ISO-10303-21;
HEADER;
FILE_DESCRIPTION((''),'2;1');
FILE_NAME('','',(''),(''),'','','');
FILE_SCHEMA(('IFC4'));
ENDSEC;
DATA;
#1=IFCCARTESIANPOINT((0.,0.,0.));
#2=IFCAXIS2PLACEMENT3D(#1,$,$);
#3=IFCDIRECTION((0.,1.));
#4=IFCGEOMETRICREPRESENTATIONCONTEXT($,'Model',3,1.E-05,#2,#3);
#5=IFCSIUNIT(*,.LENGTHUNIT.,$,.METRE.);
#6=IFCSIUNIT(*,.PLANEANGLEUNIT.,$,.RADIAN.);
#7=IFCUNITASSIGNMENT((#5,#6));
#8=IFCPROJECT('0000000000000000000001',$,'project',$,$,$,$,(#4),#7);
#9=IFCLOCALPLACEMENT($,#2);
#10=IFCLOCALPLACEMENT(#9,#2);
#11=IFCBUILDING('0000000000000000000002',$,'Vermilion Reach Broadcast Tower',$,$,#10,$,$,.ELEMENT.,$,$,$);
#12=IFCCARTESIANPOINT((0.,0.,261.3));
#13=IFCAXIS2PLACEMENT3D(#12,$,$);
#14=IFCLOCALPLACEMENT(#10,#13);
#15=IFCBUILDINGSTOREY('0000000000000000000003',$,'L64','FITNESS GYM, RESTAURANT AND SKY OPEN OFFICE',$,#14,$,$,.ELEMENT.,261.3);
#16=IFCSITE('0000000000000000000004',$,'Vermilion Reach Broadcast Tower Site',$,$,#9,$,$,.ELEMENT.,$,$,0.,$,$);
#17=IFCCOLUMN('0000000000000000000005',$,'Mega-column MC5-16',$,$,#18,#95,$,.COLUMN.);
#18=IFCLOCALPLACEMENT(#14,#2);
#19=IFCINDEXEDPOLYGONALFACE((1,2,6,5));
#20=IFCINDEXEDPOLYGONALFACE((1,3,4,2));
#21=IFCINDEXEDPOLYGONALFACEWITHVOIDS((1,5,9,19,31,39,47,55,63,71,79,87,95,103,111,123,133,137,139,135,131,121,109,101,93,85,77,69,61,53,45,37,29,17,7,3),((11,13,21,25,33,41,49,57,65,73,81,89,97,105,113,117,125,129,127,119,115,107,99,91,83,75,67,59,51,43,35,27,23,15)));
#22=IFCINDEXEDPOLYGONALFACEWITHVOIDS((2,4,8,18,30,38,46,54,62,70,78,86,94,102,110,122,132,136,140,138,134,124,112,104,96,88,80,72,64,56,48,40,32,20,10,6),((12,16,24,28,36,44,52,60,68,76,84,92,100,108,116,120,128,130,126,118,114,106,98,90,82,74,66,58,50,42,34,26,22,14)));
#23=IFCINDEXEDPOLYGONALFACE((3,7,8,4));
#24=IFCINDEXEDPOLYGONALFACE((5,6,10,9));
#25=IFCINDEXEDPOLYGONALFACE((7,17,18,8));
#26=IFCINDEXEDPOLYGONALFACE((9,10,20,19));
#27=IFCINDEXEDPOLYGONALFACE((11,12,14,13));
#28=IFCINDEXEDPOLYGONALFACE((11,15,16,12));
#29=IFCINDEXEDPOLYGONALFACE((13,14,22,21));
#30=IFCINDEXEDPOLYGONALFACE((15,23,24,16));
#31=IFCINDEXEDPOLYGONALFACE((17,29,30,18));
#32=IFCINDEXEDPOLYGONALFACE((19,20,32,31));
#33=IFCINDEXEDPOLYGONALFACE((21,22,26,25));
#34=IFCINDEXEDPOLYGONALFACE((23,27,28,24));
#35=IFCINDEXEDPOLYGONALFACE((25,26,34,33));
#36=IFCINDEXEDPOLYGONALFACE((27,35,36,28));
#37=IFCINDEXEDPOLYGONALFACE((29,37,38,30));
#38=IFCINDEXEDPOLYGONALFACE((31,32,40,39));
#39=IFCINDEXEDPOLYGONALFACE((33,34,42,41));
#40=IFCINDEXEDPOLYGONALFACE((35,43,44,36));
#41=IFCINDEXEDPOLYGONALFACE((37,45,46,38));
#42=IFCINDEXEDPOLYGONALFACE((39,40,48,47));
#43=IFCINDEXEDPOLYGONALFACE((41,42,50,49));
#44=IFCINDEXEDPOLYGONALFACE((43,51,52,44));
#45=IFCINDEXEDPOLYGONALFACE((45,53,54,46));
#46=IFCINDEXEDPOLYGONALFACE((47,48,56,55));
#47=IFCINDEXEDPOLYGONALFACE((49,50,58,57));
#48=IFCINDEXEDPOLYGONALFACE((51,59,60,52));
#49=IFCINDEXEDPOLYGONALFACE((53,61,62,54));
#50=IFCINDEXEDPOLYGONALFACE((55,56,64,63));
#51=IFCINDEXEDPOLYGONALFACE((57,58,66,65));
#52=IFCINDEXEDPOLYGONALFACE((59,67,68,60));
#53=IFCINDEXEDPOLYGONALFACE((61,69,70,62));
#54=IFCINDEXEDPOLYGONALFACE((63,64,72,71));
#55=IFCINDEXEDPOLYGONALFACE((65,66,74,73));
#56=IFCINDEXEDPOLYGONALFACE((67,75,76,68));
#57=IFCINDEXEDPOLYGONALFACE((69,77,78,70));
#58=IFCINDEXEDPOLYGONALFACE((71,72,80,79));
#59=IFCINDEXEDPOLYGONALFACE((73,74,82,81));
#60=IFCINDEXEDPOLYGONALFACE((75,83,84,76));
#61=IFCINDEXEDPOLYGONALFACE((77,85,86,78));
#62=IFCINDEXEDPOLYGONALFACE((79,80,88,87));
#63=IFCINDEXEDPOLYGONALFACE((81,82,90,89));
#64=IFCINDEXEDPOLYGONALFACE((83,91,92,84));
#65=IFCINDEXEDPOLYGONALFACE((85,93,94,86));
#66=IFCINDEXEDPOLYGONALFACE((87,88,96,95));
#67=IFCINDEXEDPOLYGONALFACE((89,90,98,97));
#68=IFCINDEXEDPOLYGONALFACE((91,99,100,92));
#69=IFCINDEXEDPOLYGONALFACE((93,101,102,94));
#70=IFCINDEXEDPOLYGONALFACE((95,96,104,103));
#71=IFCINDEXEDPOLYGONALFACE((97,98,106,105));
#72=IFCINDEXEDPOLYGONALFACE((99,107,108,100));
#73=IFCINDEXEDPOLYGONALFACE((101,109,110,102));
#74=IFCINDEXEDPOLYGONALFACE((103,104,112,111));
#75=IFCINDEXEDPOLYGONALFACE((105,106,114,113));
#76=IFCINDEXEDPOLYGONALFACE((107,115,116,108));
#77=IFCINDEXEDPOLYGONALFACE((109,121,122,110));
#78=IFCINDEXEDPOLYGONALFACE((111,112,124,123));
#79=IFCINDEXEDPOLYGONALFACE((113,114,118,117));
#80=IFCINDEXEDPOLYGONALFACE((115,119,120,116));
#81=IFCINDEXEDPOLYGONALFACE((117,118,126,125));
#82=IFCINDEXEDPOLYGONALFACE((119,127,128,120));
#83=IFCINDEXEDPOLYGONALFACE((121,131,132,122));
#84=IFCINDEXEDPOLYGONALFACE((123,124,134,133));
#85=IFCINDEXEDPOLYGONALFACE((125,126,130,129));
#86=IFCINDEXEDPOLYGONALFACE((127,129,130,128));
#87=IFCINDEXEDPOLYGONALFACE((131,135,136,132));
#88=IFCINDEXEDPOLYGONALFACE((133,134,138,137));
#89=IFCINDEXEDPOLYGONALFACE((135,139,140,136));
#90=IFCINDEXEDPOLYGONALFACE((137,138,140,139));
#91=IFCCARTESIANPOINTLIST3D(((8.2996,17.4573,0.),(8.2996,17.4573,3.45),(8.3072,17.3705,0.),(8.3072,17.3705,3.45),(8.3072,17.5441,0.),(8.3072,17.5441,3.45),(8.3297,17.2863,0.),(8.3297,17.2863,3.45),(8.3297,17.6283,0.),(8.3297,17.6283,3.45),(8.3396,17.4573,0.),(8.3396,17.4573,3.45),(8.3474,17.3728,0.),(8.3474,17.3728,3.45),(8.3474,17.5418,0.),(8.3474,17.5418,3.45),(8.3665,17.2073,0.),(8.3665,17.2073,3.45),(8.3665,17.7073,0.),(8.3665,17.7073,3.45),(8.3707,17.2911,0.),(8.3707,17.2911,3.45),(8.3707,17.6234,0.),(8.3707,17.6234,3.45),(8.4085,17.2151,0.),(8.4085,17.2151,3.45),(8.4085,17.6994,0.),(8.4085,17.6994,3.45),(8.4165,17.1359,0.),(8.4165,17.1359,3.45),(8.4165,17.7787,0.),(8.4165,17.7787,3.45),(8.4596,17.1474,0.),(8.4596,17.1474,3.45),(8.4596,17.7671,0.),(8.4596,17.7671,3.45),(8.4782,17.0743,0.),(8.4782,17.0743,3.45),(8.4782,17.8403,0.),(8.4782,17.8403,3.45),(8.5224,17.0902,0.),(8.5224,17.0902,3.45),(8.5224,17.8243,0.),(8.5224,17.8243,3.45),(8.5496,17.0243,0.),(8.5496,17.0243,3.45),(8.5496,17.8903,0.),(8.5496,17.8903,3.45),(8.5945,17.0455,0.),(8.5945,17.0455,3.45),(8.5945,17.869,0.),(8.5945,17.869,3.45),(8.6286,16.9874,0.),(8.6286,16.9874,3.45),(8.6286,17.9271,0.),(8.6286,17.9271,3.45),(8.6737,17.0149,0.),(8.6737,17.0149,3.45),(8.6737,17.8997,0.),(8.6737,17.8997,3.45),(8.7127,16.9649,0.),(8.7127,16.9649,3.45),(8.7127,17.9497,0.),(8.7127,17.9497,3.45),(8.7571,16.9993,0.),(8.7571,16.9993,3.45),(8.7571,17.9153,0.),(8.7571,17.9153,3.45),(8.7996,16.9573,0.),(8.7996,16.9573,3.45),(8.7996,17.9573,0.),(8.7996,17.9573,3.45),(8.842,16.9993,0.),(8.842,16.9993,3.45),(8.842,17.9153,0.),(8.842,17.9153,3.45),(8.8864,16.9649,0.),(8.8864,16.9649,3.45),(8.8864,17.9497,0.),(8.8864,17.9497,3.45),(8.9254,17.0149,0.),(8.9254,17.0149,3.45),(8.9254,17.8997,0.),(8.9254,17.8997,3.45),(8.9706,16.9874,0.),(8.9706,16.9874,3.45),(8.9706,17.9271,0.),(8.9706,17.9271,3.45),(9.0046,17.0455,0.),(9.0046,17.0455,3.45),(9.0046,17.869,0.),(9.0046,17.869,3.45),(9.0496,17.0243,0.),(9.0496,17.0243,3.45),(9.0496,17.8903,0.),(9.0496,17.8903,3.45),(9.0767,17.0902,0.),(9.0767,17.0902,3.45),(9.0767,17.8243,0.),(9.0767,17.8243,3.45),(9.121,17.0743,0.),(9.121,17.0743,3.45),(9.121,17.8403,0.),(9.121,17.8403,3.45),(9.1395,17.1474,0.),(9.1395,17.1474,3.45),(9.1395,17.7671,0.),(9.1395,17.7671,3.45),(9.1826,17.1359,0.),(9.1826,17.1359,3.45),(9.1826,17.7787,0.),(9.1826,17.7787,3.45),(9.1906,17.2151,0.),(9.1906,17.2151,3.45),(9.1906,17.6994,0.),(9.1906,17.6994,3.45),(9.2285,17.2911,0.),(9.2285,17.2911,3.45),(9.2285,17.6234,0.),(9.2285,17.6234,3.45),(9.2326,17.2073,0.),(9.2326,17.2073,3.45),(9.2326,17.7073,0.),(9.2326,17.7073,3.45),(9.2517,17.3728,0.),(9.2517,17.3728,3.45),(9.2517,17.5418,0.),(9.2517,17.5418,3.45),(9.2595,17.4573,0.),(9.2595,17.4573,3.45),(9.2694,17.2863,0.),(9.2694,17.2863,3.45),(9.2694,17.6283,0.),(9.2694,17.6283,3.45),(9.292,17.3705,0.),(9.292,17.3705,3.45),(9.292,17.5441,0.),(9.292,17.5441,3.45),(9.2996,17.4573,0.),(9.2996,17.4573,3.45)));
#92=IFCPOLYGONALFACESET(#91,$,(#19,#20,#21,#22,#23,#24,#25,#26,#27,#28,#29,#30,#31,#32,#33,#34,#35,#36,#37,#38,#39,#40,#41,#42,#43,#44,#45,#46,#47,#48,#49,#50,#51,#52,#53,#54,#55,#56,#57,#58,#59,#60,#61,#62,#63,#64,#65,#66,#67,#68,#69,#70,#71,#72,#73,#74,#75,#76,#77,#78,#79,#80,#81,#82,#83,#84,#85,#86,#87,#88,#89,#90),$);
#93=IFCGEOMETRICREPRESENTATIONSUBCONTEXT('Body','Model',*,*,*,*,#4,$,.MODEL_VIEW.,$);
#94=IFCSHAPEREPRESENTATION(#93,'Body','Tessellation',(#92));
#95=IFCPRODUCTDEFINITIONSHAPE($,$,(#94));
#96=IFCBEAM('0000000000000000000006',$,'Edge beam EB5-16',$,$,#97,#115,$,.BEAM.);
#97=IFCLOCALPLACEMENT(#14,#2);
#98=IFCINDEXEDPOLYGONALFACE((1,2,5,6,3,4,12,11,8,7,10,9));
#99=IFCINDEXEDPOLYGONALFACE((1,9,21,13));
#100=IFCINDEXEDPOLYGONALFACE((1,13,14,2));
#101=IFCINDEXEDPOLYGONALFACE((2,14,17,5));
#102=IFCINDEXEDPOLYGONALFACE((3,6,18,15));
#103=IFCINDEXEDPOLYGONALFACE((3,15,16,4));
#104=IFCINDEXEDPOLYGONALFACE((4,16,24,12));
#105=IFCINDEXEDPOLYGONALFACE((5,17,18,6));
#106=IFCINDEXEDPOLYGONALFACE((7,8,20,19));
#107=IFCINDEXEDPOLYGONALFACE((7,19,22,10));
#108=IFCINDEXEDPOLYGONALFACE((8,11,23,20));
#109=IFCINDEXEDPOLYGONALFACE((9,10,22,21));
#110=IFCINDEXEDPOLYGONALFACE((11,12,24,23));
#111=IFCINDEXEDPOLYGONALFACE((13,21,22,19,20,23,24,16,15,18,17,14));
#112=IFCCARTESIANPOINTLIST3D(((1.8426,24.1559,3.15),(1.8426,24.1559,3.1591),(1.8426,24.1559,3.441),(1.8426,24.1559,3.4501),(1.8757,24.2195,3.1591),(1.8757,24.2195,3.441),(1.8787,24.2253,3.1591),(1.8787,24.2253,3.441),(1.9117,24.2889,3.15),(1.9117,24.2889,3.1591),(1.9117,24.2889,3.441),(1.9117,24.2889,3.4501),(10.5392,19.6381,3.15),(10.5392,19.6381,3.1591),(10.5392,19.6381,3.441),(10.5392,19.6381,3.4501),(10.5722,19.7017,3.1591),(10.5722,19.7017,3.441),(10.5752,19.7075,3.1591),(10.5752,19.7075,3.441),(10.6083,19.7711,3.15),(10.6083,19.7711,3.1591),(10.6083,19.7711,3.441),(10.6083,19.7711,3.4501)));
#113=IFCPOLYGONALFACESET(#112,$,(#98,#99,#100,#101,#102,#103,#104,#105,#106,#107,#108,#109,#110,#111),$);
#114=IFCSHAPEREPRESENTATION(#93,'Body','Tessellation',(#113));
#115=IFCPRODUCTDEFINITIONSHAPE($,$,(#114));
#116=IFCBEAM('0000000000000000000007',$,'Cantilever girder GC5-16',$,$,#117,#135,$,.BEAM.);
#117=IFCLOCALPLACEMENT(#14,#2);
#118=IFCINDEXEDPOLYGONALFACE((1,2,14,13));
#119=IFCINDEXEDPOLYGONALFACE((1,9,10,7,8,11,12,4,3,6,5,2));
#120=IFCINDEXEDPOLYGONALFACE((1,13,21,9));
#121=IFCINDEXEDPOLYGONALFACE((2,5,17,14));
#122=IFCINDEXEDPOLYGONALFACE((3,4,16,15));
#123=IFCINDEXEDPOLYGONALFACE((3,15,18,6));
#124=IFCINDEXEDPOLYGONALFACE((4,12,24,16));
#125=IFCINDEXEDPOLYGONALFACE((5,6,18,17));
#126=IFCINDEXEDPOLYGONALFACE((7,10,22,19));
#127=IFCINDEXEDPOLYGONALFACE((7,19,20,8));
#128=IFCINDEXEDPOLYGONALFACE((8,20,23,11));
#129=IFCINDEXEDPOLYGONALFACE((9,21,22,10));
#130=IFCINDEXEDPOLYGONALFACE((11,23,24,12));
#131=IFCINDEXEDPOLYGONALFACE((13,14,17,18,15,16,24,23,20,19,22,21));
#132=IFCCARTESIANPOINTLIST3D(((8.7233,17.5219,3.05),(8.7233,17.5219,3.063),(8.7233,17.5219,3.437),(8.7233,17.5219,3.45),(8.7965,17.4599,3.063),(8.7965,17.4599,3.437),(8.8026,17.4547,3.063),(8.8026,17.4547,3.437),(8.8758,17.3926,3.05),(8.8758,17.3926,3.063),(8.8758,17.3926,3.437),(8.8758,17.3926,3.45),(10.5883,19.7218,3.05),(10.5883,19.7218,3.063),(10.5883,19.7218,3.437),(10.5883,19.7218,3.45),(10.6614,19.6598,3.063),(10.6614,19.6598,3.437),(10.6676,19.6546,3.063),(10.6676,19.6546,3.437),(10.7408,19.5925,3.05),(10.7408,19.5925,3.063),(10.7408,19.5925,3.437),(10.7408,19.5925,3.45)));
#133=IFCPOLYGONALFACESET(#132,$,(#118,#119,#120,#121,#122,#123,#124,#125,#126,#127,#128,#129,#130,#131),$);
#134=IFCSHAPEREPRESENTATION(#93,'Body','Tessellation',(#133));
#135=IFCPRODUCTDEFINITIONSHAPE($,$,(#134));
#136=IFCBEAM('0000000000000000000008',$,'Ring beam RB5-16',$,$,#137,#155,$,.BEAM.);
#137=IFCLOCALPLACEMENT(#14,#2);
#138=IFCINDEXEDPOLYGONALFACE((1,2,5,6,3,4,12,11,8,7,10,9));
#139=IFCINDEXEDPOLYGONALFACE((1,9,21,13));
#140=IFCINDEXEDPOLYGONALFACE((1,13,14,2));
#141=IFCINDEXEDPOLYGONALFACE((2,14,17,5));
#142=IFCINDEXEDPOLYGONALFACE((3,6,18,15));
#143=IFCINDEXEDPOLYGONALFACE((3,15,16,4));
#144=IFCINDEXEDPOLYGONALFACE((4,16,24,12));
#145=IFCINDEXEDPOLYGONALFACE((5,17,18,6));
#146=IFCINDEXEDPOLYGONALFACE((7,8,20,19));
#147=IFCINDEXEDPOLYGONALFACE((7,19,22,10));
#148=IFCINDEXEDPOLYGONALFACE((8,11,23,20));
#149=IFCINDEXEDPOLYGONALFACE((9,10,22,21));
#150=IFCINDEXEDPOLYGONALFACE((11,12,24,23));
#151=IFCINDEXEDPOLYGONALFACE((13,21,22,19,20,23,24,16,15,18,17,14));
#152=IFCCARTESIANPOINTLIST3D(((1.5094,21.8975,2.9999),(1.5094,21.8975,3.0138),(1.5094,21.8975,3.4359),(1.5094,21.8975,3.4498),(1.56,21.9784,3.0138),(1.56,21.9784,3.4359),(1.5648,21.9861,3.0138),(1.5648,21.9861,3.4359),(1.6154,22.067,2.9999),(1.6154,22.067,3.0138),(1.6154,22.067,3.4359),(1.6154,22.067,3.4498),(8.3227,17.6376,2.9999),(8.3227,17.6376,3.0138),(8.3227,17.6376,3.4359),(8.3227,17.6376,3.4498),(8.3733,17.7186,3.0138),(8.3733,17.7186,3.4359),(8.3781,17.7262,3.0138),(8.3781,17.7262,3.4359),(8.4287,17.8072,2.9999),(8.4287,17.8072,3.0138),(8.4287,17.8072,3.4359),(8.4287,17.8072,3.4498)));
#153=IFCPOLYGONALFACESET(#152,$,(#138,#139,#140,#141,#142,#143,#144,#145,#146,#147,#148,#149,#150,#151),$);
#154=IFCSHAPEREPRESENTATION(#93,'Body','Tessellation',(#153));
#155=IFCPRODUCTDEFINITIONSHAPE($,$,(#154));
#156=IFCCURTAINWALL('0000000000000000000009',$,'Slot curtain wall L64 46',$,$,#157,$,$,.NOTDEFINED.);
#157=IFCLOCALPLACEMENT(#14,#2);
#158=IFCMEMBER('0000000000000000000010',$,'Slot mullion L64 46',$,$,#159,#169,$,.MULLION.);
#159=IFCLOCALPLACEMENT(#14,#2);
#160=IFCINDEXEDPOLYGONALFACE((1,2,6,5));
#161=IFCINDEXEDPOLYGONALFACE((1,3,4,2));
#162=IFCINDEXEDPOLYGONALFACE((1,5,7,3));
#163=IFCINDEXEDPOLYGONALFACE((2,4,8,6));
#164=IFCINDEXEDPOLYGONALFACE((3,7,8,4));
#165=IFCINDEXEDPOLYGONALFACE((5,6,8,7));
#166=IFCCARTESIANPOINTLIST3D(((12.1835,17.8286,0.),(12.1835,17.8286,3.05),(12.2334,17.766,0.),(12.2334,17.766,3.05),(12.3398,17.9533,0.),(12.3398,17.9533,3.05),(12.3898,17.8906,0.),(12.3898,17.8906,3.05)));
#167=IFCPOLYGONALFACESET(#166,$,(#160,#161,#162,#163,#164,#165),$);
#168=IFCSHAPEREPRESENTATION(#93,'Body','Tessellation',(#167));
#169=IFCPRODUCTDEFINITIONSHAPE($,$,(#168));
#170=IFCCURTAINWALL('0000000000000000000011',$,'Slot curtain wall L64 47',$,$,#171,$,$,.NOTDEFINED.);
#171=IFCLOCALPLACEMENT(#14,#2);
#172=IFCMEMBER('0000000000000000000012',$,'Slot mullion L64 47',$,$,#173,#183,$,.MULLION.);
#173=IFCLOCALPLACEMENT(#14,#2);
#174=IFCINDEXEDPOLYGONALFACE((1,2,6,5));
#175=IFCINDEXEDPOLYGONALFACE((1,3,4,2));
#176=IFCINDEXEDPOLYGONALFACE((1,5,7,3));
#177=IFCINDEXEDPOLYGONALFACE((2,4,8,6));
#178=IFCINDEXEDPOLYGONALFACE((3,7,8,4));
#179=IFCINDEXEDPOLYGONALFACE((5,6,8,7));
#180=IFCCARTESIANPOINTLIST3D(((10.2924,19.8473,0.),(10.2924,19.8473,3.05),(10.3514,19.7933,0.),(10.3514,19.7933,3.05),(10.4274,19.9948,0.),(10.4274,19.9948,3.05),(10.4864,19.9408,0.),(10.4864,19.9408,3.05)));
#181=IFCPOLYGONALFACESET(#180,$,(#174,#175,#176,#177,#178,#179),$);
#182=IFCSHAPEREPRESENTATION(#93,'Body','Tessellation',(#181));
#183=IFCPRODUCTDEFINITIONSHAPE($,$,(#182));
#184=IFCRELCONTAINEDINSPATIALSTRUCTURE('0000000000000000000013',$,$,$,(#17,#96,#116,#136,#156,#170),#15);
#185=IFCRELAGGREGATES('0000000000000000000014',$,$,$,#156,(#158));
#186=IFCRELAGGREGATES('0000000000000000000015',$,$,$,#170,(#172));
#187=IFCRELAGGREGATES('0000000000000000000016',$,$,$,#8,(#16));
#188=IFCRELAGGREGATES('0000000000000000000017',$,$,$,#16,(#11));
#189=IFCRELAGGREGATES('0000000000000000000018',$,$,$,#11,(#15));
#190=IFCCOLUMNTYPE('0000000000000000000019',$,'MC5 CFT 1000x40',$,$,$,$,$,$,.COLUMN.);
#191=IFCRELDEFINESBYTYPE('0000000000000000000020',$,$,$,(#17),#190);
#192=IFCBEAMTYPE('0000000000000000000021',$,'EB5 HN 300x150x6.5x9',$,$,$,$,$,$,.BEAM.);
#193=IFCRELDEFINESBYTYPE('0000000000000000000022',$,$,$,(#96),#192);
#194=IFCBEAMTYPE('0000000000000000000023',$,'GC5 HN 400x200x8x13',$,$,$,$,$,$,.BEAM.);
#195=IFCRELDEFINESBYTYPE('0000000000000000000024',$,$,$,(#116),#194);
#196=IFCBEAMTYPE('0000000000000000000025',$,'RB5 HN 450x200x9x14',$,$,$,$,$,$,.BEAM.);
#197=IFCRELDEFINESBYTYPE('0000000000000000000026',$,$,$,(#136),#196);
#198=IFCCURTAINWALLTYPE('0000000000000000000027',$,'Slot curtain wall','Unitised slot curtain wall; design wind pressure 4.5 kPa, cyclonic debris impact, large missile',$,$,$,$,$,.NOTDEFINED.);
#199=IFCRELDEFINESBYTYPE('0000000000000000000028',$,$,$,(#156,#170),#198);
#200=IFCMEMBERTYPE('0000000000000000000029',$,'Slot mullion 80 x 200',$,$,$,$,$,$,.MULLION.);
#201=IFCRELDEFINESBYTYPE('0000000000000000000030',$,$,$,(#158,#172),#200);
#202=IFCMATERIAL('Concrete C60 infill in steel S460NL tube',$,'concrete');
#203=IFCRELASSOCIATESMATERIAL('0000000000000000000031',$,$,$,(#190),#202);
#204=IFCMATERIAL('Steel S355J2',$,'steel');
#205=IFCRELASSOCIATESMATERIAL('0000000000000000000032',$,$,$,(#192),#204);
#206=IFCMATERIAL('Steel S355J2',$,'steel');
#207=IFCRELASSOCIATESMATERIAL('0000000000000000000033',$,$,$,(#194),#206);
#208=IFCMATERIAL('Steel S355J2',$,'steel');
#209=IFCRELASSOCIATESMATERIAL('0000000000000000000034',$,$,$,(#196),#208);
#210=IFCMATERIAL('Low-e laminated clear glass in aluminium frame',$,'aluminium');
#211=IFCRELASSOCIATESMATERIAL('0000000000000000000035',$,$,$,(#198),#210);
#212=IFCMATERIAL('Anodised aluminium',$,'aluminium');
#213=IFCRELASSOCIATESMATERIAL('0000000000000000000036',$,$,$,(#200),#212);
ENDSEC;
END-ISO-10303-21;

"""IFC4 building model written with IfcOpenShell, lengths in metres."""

from ifc_helpers import new_model, si_unit, direction, frame, origin, origin_2d, place, context, subcontext, project, spatial, rectangle, hollow_circle, i_section, extrude, material, material_profile, profile_set, type_object, element, aggregate, save


model = new_model("IFC4")

# Units and contexts
model_context = context("Model", 3, precision=1e-05, world=origin(), true_north=direction((0.0, 1.0)))
body_context = subcontext(model_context, "Body", "Model", "MODEL_VIEW")
ifc_project = project(units=[si_unit("LENGTHUNIT", "METRE"), si_unit("PLANEANGLEUNIT", "RADIAN")], contexts=[model_context])

# Site, building, storey
site_placement = place(None, origin())
site = spatial("IfcSite", under=ifc_project, at=site_placement, Name="Vermilion Reach Broadcast Tower Site", CompositionType="ELEMENT", RefElevation=0.0)
building_placement = place(site_placement, origin())
building = spatial("IfcBuilding", under=site, at=building_placement, Name="Vermilion Reach Broadcast Tower", CompositionType="ELEMENT")
storey_placement = place(building_placement, frame((0.0, 0.0, 261.3)))
storey = spatial("IfcBuildingStorey", under=building, at=storey_placement, Name="L64", Description="FITNESS GYM, RESTAURANT AND SKY OPEN OFFICE", CompositionType="ELEMENT", Elevation=261.3)

# Column
ifc_material_1 = material(Name="Concrete C60 infill in steel S460NL tube", Category="concrete")
ifc_material_profile_1 = material_profile(ifc_material_1, hollow_circle(Radius=0.5, WallThickness=0.04, at=origin_2d()), Name="Concrete C60 infill in steel S460NL tube CFT 1000x40")
ifc_profile_set_1 = profile_set([ifc_material_profile_1], Name="Concrete C60 infill in steel S460NL tube")
column_type = type_object("IfcColumnType", Name="MC5 CFT 1000x40", PredefinedType="COLUMN", material=ifc_profile_set_1)
column_placement = place(storey_placement, frame((8.7996, 17.4573, 0.0), z_axis=(0.0, 0.0, 1.0), x_axis=(1.0, 0.0, 0.0)))
element("IfcColumn", 1, at=column_placement, inside=storey, type_object=column_type, Name="Mega-column MC5-16", PredefinedType="COLUMN", context=body_context, shape_type="SweptSolid", body=[
    extrude(hollow_circle(Radius=0.5, WallThickness=0.04, at=origin_2d()), origin(), (0.0, 0.0, 1.0), 3.45),
])

# Beams
ifc_material_2 = material(Name="Steel S355J2", Category="steel")
ifc_material_profile_2 = material_profile(ifc_material_2, i_section(OverallWidth=0.1499, OverallDepth=0.3, WebThickness=0.0066, FlangeThickness=0.009, at=origin_2d()), Name="S355J2 HN 300x150x6.5x9")
ifc_profile_set_2 = profile_set([ifc_material_profile_2], Name="Steel S355J2")
beam_type_1 = type_object("IfcBeamType", Name="EB5 HN 300x150x6.5x9", PredefinedType="BEAM", material=ifc_profile_set_2)
beam_1_placement = place(storey_placement, frame((10.5737, 19.7046, 3.3), z_axis=(-0.887399, 0.461001, 0.0), x_axis=(-0.461001, -0.887399, 0.0)))
element("IfcBeam", 2, at=beam_1_placement, inside=storey, type_object=beam_type_1, Name="Edge beam EB5-16", PredefinedType="BEAM", context=body_context, shape_type="SweptSolid", body=[
    extrude(i_section(OverallWidth=0.1499, OverallDepth=0.3, WebThickness=0.0066, FlangeThickness=0.009, at=origin_2d()), origin(), (0.0, 0.0, 1.0), 9.8),
])
ifc_material_3 = material(Name="Steel S355J2", Category="steel")
ifc_material_profile_3 = material_profile(ifc_material_3, i_section(OverallWidth=0.2, OverallDepth=0.3999, WebThickness=0.0081, FlangeThickness=0.0129, at=origin_2d()), Name="S355J2 HN 400x200x8x13")
ifc_profile_set_3 = profile_set([ifc_material_profile_3], Name="Steel S355J2")
beam_type_2 = type_object("IfcBeamType", Name="GC5 HN 400x200x8x13", PredefinedType="BEAM", material=ifc_profile_set_3)
beam_2_placement = place(storey_placement, frame((8.7996, 17.4573, 3.25), z_axis=(0.646648, 0.762789, 0.0), x_axis=(-0.762789, 0.646648, 0.0)))
element("IfcBeam", 3, at=beam_2_placement, inside=storey, type_object=beam_type_2, Name="Cantilever girder GC5-16", PredefinedType="BEAM", context=body_context, shape_type="SweptSolid", body=[
    extrude(i_section(OverallWidth=0.2, OverallDepth=0.3999, WebThickness=0.0081, FlangeThickness=0.0129, at=origin_2d()), origin(), (0.0, 0.0, 1.0), 2.884),
])
ifc_material_4 = material(Name="Steel S355J2", Category="steel")
ifc_material_profile_4 = material_profile(ifc_material_4, i_section(OverallWidth=0.2, OverallDepth=0.45, WebThickness=0.009, FlangeThickness=0.0139, at=origin_2d()), Name="S355J2 HN 450x200x9x14")
ifc_profile_set_4 = profile_set([ifc_material_profile_4], Name="Steel S355J2")
beam_type_3 = type_object("IfcBeamType", Name="RB5 HN 450x200x9x14", PredefinedType="BEAM", material=ifc_profile_set_4)
beam_3_placement = place(storey_placement, frame((8.3757, 17.7224, 3.2249), z_axis=(-0.847915, 0.530133, 0.0), x_axis=(-0.530133, -0.847915, 0.0)))
element("IfcBeam", 4, at=beam_3_placement, inside=storey, type_object=beam_type_3, Name="Ring beam RB5-16", PredefinedType="BEAM", context=body_context, shape_type="SweptSolid", body=[
    extrude(i_section(OverallWidth=0.2, OverallDepth=0.45, WebThickness=0.009, FlangeThickness=0.0139, at=origin_2d()), origin(), (0.0, 0.0, 1.0), 8.0354),
])

# Curtain walls, members
ifc_material_5 = material(Name="Low-e laminated clear glass in aluminium frame", Category="aluminium")
curtain_wall_type = type_object("IfcCurtainWallType", Name="Slot curtain wall", Description="Unitised slot curtain wall; design wind pressure 4.5 kPa, cyclonic debris impact, large missile", PredefinedType="NOTDEFINED", material=ifc_material_5)
placement = place(storey_placement, origin())
curtain_wall_1 = element("IfcCurtainWall", 5, at=placement, inside=storey, type_object=curtain_wall_type, Name="Slot curtain wall L64 46", PredefinedType="NOTDEFINED")
ifc_material_6 = material(Name="Anodised aluminium", Category="aluminium")
ifc_material_profile_5 = material_profile(ifc_material_6, rectangle(XDim=0.2, YDim=0.0801, at=origin_2d()), Name="Slot mullion 80 x 200")
ifc_profile_set_5 = profile_set([ifc_material_profile_5], Name="Anodised aluminium")
member_type_1 = type_object("IfcMemberType", Name="Slot mullion 80 x 200", PredefinedType="MULLION", material=ifc_profile_set_5)
member_1_placement = place(storey_placement, frame((12.2866, 17.8596, 0.0), z_axis=(0.0, 0.0, 1.0), x_axis=(-0.781885, -0.623423, 0.0)))
member_1 = element("IfcMember", 6, at=member_1_placement, type_object=member_type_1, Name="Slot mullion L64 46", PredefinedType="MULLION", context=body_context, shape_type="SweptSolid", body=[
    extrude(rectangle(XDim=0.2, YDim=0.0801, at=origin_2d()), origin(), (0.0, 0.0, 1.0), 3.05),
])
curtain_wall_2 = element("IfcCurtainWall", 7, at=placement, inside=storey, type_object=curtain_wall_type, Name="Slot curtain wall L64 47", PredefinedType="NOTDEFINED")
member_2_placement = place(storey_placement, frame((10.3894, 19.894, 0.0), z_axis=(0.0, 0.0, 1.0), x_axis=(-0.67519, -0.737644, 0.0)))
member_2 = element("IfcMember", 8, at=member_2_placement, type_object=member_type_1, Name="Slot mullion L64 47", PredefinedType="MULLION", context=body_context, shape_type="SweptSolid", body=[
    extrude(rectangle(XDim=0.2, YDim=0.0801, at=origin_2d()), origin(), (0.0, 0.0, 1.0), 3.05),
])

aggregate(curtain_wall_1, [member_1])
aggregate(curtain_wall_2, [member_2])

save(model, "model.ifc")
